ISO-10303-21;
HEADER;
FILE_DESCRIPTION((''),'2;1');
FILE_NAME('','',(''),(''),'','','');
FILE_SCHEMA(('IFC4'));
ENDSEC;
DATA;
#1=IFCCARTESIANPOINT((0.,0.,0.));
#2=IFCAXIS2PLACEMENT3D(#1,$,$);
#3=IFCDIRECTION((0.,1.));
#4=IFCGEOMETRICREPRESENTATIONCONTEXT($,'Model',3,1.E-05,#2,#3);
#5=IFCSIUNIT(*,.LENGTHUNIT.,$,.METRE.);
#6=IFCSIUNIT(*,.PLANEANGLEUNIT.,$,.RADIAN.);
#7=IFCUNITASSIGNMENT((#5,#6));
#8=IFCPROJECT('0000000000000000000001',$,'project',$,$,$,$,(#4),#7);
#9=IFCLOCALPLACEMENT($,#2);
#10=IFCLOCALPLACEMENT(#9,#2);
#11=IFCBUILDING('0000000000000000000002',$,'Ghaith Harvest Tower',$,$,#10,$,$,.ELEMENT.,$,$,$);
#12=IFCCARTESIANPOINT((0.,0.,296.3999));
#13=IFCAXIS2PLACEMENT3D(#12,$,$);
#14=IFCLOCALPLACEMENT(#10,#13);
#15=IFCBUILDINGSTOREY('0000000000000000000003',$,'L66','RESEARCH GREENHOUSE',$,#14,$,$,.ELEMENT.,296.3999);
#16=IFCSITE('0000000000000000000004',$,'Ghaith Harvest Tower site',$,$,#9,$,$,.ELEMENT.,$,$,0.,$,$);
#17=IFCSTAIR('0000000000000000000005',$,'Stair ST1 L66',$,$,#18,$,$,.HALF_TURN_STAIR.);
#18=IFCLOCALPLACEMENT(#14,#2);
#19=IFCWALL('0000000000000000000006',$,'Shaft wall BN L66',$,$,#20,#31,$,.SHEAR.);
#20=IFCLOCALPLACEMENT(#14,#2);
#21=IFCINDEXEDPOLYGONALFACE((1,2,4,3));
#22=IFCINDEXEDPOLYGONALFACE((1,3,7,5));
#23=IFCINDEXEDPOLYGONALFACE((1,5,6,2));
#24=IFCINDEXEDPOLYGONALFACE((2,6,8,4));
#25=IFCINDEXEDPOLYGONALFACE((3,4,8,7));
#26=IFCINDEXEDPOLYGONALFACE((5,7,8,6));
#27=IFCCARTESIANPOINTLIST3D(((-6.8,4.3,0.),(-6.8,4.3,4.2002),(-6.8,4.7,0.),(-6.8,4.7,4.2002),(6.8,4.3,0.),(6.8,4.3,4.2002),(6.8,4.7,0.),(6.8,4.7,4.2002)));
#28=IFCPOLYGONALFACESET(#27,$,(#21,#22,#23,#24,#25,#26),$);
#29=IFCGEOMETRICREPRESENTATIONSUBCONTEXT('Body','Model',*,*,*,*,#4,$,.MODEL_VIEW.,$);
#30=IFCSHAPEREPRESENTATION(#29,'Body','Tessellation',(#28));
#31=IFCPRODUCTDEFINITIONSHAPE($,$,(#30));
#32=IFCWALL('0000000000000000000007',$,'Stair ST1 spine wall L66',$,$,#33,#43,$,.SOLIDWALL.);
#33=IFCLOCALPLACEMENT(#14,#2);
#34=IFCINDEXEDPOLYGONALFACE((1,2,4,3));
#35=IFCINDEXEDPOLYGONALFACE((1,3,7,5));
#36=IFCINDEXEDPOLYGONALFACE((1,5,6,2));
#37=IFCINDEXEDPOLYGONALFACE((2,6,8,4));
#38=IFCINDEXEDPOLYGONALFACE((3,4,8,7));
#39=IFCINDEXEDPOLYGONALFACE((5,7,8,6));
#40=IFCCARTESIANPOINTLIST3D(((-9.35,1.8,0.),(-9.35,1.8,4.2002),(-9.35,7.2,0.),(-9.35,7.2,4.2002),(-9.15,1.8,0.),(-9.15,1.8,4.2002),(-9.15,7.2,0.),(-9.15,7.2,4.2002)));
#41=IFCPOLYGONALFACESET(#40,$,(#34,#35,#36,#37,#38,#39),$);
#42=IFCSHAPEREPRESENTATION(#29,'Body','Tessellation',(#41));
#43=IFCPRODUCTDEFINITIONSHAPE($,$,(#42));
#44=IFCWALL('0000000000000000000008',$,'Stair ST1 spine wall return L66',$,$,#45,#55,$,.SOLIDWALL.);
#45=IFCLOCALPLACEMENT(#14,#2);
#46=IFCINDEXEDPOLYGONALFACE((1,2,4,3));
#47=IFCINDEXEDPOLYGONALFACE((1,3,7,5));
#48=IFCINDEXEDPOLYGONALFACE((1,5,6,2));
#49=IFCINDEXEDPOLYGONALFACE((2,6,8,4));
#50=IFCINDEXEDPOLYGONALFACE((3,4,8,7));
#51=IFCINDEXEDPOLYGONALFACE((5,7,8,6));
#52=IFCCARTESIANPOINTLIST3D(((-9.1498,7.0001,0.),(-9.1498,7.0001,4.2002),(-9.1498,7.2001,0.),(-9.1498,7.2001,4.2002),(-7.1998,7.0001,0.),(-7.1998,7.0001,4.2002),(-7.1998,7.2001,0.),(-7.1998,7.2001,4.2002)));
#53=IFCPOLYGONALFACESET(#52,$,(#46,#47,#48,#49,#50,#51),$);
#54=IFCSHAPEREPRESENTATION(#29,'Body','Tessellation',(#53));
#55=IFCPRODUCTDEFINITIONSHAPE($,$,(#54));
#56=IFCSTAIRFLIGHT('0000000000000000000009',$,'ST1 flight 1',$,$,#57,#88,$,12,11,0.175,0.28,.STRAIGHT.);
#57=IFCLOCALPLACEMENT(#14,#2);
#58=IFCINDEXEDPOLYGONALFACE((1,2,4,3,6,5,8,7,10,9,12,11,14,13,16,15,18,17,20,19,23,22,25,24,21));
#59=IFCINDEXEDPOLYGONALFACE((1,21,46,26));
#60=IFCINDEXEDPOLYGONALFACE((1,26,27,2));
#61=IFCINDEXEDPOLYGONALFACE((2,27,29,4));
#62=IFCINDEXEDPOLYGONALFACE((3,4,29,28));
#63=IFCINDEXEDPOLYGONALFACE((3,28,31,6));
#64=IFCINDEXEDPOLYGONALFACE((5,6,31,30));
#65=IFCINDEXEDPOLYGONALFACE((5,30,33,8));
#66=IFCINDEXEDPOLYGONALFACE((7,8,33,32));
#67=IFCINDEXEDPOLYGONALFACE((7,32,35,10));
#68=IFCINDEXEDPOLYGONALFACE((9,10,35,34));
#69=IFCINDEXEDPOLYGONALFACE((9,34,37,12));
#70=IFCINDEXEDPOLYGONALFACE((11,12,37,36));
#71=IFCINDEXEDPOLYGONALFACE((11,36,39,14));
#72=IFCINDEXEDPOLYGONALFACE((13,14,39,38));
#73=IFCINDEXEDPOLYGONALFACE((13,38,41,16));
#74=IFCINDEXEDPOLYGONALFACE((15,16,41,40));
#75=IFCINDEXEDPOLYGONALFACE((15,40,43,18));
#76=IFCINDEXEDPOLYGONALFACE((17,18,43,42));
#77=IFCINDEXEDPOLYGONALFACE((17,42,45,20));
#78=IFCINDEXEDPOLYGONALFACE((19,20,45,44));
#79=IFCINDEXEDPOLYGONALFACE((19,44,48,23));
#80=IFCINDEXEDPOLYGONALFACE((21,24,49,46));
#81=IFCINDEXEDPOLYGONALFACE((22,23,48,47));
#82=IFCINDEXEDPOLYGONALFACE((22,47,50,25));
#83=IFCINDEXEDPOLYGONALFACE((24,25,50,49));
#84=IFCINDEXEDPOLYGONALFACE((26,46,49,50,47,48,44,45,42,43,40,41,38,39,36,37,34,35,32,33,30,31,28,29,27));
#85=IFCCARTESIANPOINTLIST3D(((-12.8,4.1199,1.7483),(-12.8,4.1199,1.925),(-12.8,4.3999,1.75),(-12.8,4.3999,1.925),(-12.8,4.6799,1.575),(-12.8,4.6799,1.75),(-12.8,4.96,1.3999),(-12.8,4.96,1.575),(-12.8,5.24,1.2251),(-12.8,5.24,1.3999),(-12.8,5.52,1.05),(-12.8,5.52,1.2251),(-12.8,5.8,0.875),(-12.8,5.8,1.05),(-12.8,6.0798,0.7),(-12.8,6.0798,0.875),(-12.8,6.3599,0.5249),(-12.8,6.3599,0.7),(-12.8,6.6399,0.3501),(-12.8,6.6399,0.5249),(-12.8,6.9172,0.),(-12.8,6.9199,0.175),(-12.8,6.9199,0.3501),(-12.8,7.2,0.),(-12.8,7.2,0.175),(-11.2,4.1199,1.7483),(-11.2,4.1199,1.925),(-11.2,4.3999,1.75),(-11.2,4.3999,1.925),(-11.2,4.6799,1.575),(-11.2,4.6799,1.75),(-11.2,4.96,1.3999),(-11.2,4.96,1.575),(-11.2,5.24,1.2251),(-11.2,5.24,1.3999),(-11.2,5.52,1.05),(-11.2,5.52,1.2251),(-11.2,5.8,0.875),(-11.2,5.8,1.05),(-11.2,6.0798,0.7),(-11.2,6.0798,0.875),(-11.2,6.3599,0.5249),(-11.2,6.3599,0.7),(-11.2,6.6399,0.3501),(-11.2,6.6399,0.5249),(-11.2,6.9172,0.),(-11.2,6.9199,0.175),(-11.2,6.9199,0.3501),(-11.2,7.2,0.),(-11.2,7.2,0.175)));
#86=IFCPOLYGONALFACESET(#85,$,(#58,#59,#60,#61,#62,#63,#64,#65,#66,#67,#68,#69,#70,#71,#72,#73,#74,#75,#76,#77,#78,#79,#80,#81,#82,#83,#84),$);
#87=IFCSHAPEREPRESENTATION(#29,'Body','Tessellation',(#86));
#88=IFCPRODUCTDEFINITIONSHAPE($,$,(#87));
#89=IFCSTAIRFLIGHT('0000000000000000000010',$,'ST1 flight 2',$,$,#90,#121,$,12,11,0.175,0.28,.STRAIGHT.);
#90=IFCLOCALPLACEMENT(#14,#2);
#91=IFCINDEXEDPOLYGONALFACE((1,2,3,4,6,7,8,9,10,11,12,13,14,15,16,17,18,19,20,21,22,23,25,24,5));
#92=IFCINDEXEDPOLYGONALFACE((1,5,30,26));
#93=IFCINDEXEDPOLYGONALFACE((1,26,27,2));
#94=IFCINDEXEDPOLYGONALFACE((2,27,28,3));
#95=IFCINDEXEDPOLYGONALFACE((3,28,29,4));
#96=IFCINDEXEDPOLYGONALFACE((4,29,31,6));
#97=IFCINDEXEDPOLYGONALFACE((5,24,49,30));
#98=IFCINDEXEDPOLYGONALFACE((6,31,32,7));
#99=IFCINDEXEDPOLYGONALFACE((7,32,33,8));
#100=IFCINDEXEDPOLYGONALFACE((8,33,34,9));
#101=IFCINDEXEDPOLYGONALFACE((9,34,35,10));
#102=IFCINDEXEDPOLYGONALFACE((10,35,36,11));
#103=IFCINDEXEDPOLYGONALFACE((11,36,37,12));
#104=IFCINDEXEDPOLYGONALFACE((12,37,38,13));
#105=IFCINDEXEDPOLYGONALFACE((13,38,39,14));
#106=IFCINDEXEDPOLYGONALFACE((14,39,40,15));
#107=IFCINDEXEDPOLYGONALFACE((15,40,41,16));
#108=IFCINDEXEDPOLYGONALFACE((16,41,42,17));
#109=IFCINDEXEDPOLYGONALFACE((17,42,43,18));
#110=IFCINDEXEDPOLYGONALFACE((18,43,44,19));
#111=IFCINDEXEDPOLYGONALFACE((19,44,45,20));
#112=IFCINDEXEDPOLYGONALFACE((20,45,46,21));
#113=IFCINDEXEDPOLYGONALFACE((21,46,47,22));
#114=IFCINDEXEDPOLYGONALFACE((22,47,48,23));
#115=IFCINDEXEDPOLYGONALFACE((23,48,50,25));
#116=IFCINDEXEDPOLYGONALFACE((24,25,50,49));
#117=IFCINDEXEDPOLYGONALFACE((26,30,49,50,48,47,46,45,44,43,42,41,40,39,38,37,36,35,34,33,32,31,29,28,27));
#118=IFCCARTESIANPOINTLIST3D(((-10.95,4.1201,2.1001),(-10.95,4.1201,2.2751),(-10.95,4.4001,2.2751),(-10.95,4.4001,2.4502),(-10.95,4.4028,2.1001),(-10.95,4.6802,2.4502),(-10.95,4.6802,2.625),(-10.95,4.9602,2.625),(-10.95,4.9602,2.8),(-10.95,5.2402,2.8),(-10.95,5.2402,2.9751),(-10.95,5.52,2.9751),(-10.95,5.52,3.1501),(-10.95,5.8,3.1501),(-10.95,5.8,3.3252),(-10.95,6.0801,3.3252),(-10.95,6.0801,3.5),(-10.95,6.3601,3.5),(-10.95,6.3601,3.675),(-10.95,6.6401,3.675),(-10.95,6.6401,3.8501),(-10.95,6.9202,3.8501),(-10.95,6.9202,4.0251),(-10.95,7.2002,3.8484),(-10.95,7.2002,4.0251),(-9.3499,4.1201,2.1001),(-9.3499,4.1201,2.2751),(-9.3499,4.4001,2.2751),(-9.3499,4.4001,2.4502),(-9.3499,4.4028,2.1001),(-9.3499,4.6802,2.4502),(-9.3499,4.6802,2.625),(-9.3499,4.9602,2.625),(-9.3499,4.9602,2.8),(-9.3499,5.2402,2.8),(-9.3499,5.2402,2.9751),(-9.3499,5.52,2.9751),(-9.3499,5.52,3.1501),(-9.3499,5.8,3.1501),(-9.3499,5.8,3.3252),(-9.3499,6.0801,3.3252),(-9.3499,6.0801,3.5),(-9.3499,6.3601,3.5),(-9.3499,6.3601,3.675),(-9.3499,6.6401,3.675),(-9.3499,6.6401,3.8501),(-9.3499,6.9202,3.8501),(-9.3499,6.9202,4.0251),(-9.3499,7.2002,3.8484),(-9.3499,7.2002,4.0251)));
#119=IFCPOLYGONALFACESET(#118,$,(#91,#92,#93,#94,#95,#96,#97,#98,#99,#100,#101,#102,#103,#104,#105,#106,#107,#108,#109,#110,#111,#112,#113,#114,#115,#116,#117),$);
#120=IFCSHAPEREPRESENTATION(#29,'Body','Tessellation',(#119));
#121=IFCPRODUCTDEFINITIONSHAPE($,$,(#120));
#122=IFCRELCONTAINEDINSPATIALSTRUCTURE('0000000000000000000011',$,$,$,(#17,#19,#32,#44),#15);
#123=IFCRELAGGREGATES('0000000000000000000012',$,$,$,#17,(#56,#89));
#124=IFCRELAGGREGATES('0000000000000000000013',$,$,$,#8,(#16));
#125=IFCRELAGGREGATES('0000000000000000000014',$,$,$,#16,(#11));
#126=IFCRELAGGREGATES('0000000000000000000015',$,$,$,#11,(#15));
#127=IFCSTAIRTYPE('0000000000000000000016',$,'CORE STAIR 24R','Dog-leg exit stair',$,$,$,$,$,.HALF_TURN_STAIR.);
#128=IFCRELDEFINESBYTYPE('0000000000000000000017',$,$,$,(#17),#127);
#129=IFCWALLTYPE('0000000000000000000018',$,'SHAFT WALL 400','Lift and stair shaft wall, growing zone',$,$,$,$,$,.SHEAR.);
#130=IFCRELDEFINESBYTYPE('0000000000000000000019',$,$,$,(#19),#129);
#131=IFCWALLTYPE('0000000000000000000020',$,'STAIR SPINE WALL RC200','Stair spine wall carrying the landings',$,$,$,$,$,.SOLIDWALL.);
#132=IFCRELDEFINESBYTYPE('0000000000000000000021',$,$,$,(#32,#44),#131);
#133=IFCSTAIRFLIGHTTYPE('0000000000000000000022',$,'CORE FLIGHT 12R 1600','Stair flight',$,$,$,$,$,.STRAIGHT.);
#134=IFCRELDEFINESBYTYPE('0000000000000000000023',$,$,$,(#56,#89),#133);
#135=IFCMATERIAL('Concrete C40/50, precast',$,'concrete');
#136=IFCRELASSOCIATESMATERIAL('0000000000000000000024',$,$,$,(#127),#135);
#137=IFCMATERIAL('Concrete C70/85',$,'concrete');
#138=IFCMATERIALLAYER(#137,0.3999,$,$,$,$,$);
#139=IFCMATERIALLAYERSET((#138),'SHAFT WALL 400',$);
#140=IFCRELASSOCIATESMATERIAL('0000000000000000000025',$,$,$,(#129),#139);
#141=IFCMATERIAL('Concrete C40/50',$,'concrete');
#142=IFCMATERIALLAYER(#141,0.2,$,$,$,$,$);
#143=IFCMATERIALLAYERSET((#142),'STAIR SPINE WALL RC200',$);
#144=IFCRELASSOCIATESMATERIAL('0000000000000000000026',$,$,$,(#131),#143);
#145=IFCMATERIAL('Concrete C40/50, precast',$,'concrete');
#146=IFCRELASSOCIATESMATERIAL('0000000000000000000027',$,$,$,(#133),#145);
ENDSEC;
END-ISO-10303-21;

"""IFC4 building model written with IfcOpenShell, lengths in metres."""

from ifc_helpers import new_model, si_unit, direction, frame, frame_2d, origin, place, context, subcontext, project, spatial, polyline, rectangle, outline, extrude, material, layer, layer_set, type_object, element, aggregate, save


model = new_model("IFC4")

# Units and contexts
model_context = context("Model", 3, precision=1e-05, world=origin(), true_north=direction((0.0, 1.0)))
body_context = subcontext(model_context, "Body", "Model", "MODEL_VIEW")
ifc_project = project(units=[si_unit("LENGTHUNIT", "METRE"), si_unit("PLANEANGLEUNIT", "RADIAN")], contexts=[model_context])

# Site, building, storey
site_placement = place(None, origin())
site = spatial("IfcSite", under=ifc_project, at=site_placement, Name="Ghaith Harvest Tower site", CompositionType="ELEMENT", RefElevation=0.0)
building_placement = place(site_placement, origin())
building = spatial("IfcBuilding", under=site, at=building_placement, Name="Ghaith Harvest Tower", CompositionType="ELEMENT")
storey_placement = place(building_placement, frame((0.0, 0.0, 296.3999)))
storey = spatial("IfcBuildingStorey", under=building, at=storey_placement, Name="L66", Description="RESEARCH GREENHOUSE", CompositionType="ELEMENT", Elevation=296.3999)

# Stair
ifc_material_1 = material(Name="Concrete C40/50, precast", Category="concrete")
stair_type = type_object("IfcStairType", Name="CORE STAIR 24R", Description="Dog-leg exit stair", PredefinedType="HALF_TURN_STAIR", material=ifc_material_1)
stair_placement = place(storey_placement, origin())
stair = element("IfcStair", 1, at=stair_placement, inside=storey, type_object=stair_type, Name="Stair ST1 L66", PredefinedType="HALF_TURN_STAIR")

# Shared definitions
ifc_material_2 = material(Name="Concrete C70/85", Category="concrete")
ifc_layer_1 = layer(ifc_material_2, 0.3999)
ifc_layer_set_1 = layer_set([ifc_layer_1], Name="SHAFT WALL 400")
wall_type_1 = type_object("IfcWallType", Name="SHAFT WALL 400", Description="Lift and stair shaft wall, growing zone", PredefinedType="SHEAR", material=ifc_layer_set_1)

# Walls
wall_1_placement = place(storey_placement, frame((-6.8, 4.5, 0.0), z_axis=(0.0, 0.0, 1.0), x_axis=(1.0, 0.0, 0.0)))
element("IfcWall", 2, at=wall_1_placement, inside=storey, type_object=wall_type_1, Name="Shaft wall BN L66", PredefinedType="SHEAR", context=body_context, shape_type="SweptSolid", body=[
    extrude(rectangle(XDim=13.6001, YDim=0.3999, at=frame_2d((6.8, 0.0))), origin(), (0.0, 0.0, 1.0), 4.2002),
])
ifc_material_3 = material(Name="Concrete C40/50", Category="concrete")
ifc_layer_2 = layer(ifc_material_3, 0.2)
ifc_layer_set_2 = layer_set([ifc_layer_2], Name="STAIR SPINE WALL RC200")
wall_type_2 = type_object("IfcWallType", Name="STAIR SPINE WALL RC200", Description="Stair spine wall carrying the landings", PredefinedType="SOLIDWALL", material=ifc_layer_set_2)
wall_2_placement = place(storey_placement, frame((-9.25, 7.2, 0.0), z_axis=(0.0, 0.0, 1.0), x_axis=(0.0, -1.0, 0.0)))
element("IfcWall", 3, at=wall_2_placement, inside=storey, type_object=wall_type_2, Name="Stair ST1 spine wall L66", PredefinedType="SOLIDWALL", context=body_context, shape_type="SweptSolid", body=[
    extrude(rectangle(XDim=5.3999, YDim=0.2, at=frame_2d((2.7, 0.0))), origin(), (0.0, 0.0, 1.0), 4.2002),
])
wall_3_placement = place(storey_placement, frame((-9.1499, 7.1001, 0.0), z_axis=(0.0, 0.0, 1.0), x_axis=(1.0, 0.0, 0.0)))
element("IfcWall", 4, at=wall_3_placement, inside=storey, type_object=wall_type_2, Name="Stair ST1 spine wall return L66", PredefinedType="SOLIDWALL", context=body_context, shape_type="SweptSolid", body=[
    extrude(rectangle(XDim=1.95, YDim=0.2, at=frame_2d((0.9751, 0.0))), origin(), (0.0, 0.0, 1.0), 4.2002),
])

# Stair flights
ifc_material_4 = material(Name="Concrete C40/50, precast", Category="concrete")
stair_flight_type = type_object("IfcStairFlightType", Name="CORE FLIGHT 12R 1600", Description="Stair flight", PredefinedType="STRAIGHT", material=ifc_material_4)
stair_flight_1_placement = place(storey_placement, frame((-12.0, 7.2, 0.0), z_axis=(0.0, 0.0, 1.0), x_axis=(0.0, -1.0, 0.0)))
stair_flight_1 = element("IfcStairFlight", 5, at=stair_flight_1_placement, type_object=stair_flight_type, Name="ST1 flight 1", NumberOfRisers=12, NumberOfTreads=11, PredefinedType="STRAIGHT", RiserHeight=0.175, TreadLength=0.28, context=body_context, shape_type="SweptSolid", body=[
    extrude(outline(polyline([(0.0, 0.0), (0.0, 0.175), (0.28, 0.175), (0.28, 0.3501), (0.5601, 0.3501), (0.5601, 0.5249), (0.8401, 0.5249), (0.8401, 0.7), (1.1201, 0.7), (1.1201, 0.875), (1.3999, 0.875), (1.3999, 1.05), (1.6799, 1.05), (1.6799, 1.2251), (1.96, 1.2251), (1.96, 1.3999), (2.24, 1.3999), (2.24, 1.575), (2.52, 1.575), (2.52, 1.75), (2.8, 1.75), (2.8, 1.925), (3.0801, 1.925), (3.0801, 2.1001), (3.0801, 1.7483), (0.2827, 0.0), (0.0, 0.0)])), frame((0.0, 0.8, 0.0), z_axis=(0.0, -1.0, 0.0), x_axis=(1.0, 0.0, 0.0)), (0.0, 0.0, 1.0), 1.6001),
])
stair_flight_2_placement = place(storey_placement, frame((-10.1499, 4.1201, 2.1001), z_axis=(0.0, 0.0, 1.0), x_axis=(0.0, 1.0, 0.0)))
stair_flight_2 = element("IfcStairFlight", 6, at=stair_flight_2_placement, type_object=stair_flight_type, Name="ST1 flight 2", NumberOfRisers=12, NumberOfTreads=11, PredefinedType="STRAIGHT", RiserHeight=0.175, TreadLength=0.28, context=body_context, shape_type="SweptSolid", body=[
    extrude(outline(polyline([(0.0, 0.0), (0.0, 0.175), (0.28, 0.175), (0.28, 0.3501), (0.5601, 0.3501), (0.5601, 0.5249), (0.8401, 0.5249), (0.8401, 0.7), (1.1201, 0.7), (1.1201, 0.875), (1.3999, 0.875), (1.3999, 1.05), (1.6799, 1.05), (1.6799, 1.2251), (1.96, 1.2251), (1.96, 1.3999), (2.24, 1.3999), (2.24, 1.575), (2.52, 1.575), (2.52, 1.75), (2.8, 1.75), (2.8, 1.925), (3.0801, 1.925), (3.0801, 2.1001), (3.0801, 1.7483), (0.2827, 0.0), (0.0, 0.0)])), frame((0.0, 0.8, 0.0), z_axis=(0.0, -1.0, 0.0), x_axis=(1.0, 0.0, 0.0)), (0.0, 0.0, 1.0), 1.6001),
])
aggregate(stair, [stair_flight_1, stair_flight_2])

save(model, "model.ifc")
